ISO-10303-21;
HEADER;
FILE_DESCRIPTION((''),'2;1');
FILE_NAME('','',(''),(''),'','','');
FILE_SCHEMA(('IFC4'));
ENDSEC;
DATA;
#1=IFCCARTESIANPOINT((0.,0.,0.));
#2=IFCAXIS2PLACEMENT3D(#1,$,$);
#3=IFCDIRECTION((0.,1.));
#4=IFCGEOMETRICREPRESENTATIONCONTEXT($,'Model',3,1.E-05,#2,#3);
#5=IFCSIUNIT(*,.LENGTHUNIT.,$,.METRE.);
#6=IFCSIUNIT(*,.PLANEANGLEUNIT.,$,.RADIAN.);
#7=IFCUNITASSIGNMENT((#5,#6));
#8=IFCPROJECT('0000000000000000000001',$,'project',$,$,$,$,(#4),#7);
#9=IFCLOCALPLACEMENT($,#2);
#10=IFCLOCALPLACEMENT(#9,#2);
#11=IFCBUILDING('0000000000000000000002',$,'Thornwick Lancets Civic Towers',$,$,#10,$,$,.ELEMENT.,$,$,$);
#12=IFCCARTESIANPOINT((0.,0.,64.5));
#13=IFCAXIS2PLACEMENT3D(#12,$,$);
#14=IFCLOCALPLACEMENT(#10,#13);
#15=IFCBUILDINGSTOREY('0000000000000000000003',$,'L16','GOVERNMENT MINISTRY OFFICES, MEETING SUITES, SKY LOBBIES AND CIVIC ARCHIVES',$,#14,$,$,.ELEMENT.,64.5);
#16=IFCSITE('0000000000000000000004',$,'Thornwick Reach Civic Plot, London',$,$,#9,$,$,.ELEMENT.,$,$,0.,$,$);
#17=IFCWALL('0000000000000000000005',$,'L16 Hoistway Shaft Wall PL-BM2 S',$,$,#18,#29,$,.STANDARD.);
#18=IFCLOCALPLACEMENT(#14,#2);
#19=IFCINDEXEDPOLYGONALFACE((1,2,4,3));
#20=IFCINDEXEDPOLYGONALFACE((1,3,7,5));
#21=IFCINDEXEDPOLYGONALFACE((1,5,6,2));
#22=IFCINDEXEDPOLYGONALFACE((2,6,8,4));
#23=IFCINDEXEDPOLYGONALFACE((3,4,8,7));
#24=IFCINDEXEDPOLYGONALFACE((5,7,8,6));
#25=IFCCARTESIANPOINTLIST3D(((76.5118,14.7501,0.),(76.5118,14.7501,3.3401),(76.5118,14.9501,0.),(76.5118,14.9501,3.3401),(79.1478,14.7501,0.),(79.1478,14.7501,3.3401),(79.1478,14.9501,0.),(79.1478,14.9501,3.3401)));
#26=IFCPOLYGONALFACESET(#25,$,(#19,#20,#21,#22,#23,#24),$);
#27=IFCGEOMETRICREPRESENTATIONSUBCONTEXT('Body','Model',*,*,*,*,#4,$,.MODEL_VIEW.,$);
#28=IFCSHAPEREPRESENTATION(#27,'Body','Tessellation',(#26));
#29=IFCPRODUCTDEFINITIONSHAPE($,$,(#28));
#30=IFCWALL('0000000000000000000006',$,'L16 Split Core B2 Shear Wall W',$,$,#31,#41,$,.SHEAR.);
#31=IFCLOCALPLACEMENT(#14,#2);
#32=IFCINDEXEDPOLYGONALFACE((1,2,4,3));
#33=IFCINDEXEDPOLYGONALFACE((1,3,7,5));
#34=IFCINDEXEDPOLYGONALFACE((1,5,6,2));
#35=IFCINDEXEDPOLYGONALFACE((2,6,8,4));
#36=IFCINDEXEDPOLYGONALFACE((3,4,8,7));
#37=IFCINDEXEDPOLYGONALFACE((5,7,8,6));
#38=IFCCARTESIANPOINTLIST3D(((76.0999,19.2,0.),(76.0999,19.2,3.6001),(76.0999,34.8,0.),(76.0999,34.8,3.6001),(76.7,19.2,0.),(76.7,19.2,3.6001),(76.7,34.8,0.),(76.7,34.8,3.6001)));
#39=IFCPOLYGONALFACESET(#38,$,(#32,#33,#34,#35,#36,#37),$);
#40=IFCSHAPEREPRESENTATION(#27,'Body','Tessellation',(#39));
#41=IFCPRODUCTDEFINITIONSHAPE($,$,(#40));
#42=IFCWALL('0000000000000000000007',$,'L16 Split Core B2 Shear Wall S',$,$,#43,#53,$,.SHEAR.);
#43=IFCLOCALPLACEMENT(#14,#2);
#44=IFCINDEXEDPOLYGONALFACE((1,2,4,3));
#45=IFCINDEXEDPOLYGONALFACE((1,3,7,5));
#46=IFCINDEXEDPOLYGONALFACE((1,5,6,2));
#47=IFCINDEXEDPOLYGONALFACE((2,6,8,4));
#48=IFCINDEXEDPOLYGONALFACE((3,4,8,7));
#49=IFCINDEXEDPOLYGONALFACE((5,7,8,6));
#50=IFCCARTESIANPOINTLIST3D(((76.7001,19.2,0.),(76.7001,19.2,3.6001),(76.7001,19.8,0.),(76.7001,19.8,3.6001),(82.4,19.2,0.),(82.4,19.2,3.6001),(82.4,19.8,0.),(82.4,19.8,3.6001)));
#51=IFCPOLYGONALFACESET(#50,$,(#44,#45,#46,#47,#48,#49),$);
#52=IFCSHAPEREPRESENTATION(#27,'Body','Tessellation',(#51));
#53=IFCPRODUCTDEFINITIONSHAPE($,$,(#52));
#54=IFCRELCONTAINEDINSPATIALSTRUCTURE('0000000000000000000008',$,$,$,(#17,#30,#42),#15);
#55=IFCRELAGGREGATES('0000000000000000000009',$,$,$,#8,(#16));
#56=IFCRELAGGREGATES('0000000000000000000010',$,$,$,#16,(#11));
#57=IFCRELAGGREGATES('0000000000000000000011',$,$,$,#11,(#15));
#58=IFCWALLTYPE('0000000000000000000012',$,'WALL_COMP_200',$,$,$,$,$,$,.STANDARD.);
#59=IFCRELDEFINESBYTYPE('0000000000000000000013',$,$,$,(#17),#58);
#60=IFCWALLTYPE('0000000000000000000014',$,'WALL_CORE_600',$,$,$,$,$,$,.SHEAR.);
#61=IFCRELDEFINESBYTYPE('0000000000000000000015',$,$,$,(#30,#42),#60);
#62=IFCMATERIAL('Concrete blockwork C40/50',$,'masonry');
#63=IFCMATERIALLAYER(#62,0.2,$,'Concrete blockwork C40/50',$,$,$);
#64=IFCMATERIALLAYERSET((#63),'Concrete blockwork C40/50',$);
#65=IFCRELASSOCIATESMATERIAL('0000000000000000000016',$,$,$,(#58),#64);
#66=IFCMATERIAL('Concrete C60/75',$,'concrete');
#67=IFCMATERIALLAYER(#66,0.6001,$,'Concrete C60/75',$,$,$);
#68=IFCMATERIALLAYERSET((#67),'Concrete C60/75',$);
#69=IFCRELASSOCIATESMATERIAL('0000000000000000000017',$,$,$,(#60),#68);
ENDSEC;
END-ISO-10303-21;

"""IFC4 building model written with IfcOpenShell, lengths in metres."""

from ifc_helpers import new_model, si_unit, direction, frame, frame_2d, origin, place, context, subcontext, project, spatial, rectangle, extrude, material, layer, layer_set, type_object, element, save


model = new_model("IFC4")

# Units and contexts
model_context = context("Model", 3, precision=1e-05, world=origin(), true_north=direction((0.0, 1.0)))
body_context = subcontext(model_context, "Body", "Model", "MODEL_VIEW")
ifc_project = project(units=[si_unit("LENGTHUNIT", "METRE"), si_unit("PLANEANGLEUNIT", "RADIAN")], contexts=[model_context])

# Site, building, storey
site_placement = place(None, origin())
site = spatial("IfcSite", under=ifc_project, at=site_placement, Name="Thornwick Reach Civic Plot, London", CompositionType="ELEMENT", RefElevation=0.0)
building_placement = place(site_placement, origin())
building = spatial("IfcBuilding", under=site, at=building_placement, Name="Thornwick Lancets Civic Towers", CompositionType="ELEMENT")
storey_placement = place(building_placement, frame((0.0, 0.0, 64.5)))
storey = spatial("IfcBuildingStorey", under=building, at=storey_placement, Name="L16", Description="GOVERNMENT MINISTRY OFFICES, MEETING SUITES, SKY LOBBIES AND CIVIC ARCHIVES", CompositionType="ELEMENT", Elevation=64.5)

# Shared definitions
ifc_material_1 = material(Name="Concrete C60/75", Category="concrete")

# Walls
ifc_material_2 = material(Name="Concrete blockwork C40/50", Category="masonry")
ifc_layer_1 = layer(ifc_material_2, 0.2, Name="Concrete blockwork C40/50")
ifc_layer_set_1 = layer_set([ifc_layer_1], Name="Concrete blockwork C40/50")
wall_type_1 = type_object("IfcWallType", Name="WALL_COMP_200", PredefinedType="STANDARD", material=ifc_layer_set_1)
wall_1_placement = place(storey_placement, frame((76.512, 14.8501, 0.0), z_axis=(0.0, 0.0, 1.0), x_axis=(1.0, 0.0, 0.0)))
element("IfcWall", 1, at=wall_1_placement, inside=storey, type_object=wall_type_1, Name="L16 Hoistway Shaft Wall PL-BM2 S", PredefinedType="STANDARD", context=body_context, shape_type="SweptSolid", body=[
    extrude(rectangle(XDim=2.636, YDim=0.2, at=frame_2d((1.3179, 0.0))), origin(), (0.0, 0.0, 1.0), 3.3401),
])
ifc_layer_2 = layer(ifc_material_1, 0.6001, Name="Concrete C60/75")
ifc_layer_set_2 = layer_set([ifc_layer_2], Name="Concrete C60/75")
wall_type_2 = type_object("IfcWallType", Name="WALL_CORE_600", PredefinedType="SHEAR", material=ifc_layer_set_2)
wall_2_placement = place(storey_placement, frame((76.3999, 19.2, 0.0), z_axis=(0.0, 0.0, 1.0), x_axis=(0.0, 1.0, 0.0)))
element("IfcWall", 2, at=wall_2_placement, inside=storey, type_object=wall_type_2, Name="L16 Split Core B2 Shear Wall W", PredefinedType="SHEAR", context=body_context, shape_type="SweptSolid", body=[
    extrude(rectangle(XDim=15.6001, YDim=0.6001, at=frame_2d((7.8, 0.0))), origin(), (0.0, 0.0, 1.0), 3.6001),
])
wall_3_placement = place(storey_placement, frame((76.7, 19.5, 0.0), z_axis=(0.0, 0.0, 1.0), x_axis=(1.0, 0.0, 0.0)))
element("IfcWall", 3, at=wall_3_placement, inside=storey, type_object=wall_type_2, Name="L16 Split Core B2 Shear Wall S", PredefinedType="SHEAR", context=body_context, shape_type="SweptSolid", body=[
    extrude(rectangle(XDim=5.7, YDim=0.6001, at=frame_2d((2.8501, 0.0))), origin(), (0.0, 0.0, 1.0), 3.6001),
])

save(model, "model.ifc")
